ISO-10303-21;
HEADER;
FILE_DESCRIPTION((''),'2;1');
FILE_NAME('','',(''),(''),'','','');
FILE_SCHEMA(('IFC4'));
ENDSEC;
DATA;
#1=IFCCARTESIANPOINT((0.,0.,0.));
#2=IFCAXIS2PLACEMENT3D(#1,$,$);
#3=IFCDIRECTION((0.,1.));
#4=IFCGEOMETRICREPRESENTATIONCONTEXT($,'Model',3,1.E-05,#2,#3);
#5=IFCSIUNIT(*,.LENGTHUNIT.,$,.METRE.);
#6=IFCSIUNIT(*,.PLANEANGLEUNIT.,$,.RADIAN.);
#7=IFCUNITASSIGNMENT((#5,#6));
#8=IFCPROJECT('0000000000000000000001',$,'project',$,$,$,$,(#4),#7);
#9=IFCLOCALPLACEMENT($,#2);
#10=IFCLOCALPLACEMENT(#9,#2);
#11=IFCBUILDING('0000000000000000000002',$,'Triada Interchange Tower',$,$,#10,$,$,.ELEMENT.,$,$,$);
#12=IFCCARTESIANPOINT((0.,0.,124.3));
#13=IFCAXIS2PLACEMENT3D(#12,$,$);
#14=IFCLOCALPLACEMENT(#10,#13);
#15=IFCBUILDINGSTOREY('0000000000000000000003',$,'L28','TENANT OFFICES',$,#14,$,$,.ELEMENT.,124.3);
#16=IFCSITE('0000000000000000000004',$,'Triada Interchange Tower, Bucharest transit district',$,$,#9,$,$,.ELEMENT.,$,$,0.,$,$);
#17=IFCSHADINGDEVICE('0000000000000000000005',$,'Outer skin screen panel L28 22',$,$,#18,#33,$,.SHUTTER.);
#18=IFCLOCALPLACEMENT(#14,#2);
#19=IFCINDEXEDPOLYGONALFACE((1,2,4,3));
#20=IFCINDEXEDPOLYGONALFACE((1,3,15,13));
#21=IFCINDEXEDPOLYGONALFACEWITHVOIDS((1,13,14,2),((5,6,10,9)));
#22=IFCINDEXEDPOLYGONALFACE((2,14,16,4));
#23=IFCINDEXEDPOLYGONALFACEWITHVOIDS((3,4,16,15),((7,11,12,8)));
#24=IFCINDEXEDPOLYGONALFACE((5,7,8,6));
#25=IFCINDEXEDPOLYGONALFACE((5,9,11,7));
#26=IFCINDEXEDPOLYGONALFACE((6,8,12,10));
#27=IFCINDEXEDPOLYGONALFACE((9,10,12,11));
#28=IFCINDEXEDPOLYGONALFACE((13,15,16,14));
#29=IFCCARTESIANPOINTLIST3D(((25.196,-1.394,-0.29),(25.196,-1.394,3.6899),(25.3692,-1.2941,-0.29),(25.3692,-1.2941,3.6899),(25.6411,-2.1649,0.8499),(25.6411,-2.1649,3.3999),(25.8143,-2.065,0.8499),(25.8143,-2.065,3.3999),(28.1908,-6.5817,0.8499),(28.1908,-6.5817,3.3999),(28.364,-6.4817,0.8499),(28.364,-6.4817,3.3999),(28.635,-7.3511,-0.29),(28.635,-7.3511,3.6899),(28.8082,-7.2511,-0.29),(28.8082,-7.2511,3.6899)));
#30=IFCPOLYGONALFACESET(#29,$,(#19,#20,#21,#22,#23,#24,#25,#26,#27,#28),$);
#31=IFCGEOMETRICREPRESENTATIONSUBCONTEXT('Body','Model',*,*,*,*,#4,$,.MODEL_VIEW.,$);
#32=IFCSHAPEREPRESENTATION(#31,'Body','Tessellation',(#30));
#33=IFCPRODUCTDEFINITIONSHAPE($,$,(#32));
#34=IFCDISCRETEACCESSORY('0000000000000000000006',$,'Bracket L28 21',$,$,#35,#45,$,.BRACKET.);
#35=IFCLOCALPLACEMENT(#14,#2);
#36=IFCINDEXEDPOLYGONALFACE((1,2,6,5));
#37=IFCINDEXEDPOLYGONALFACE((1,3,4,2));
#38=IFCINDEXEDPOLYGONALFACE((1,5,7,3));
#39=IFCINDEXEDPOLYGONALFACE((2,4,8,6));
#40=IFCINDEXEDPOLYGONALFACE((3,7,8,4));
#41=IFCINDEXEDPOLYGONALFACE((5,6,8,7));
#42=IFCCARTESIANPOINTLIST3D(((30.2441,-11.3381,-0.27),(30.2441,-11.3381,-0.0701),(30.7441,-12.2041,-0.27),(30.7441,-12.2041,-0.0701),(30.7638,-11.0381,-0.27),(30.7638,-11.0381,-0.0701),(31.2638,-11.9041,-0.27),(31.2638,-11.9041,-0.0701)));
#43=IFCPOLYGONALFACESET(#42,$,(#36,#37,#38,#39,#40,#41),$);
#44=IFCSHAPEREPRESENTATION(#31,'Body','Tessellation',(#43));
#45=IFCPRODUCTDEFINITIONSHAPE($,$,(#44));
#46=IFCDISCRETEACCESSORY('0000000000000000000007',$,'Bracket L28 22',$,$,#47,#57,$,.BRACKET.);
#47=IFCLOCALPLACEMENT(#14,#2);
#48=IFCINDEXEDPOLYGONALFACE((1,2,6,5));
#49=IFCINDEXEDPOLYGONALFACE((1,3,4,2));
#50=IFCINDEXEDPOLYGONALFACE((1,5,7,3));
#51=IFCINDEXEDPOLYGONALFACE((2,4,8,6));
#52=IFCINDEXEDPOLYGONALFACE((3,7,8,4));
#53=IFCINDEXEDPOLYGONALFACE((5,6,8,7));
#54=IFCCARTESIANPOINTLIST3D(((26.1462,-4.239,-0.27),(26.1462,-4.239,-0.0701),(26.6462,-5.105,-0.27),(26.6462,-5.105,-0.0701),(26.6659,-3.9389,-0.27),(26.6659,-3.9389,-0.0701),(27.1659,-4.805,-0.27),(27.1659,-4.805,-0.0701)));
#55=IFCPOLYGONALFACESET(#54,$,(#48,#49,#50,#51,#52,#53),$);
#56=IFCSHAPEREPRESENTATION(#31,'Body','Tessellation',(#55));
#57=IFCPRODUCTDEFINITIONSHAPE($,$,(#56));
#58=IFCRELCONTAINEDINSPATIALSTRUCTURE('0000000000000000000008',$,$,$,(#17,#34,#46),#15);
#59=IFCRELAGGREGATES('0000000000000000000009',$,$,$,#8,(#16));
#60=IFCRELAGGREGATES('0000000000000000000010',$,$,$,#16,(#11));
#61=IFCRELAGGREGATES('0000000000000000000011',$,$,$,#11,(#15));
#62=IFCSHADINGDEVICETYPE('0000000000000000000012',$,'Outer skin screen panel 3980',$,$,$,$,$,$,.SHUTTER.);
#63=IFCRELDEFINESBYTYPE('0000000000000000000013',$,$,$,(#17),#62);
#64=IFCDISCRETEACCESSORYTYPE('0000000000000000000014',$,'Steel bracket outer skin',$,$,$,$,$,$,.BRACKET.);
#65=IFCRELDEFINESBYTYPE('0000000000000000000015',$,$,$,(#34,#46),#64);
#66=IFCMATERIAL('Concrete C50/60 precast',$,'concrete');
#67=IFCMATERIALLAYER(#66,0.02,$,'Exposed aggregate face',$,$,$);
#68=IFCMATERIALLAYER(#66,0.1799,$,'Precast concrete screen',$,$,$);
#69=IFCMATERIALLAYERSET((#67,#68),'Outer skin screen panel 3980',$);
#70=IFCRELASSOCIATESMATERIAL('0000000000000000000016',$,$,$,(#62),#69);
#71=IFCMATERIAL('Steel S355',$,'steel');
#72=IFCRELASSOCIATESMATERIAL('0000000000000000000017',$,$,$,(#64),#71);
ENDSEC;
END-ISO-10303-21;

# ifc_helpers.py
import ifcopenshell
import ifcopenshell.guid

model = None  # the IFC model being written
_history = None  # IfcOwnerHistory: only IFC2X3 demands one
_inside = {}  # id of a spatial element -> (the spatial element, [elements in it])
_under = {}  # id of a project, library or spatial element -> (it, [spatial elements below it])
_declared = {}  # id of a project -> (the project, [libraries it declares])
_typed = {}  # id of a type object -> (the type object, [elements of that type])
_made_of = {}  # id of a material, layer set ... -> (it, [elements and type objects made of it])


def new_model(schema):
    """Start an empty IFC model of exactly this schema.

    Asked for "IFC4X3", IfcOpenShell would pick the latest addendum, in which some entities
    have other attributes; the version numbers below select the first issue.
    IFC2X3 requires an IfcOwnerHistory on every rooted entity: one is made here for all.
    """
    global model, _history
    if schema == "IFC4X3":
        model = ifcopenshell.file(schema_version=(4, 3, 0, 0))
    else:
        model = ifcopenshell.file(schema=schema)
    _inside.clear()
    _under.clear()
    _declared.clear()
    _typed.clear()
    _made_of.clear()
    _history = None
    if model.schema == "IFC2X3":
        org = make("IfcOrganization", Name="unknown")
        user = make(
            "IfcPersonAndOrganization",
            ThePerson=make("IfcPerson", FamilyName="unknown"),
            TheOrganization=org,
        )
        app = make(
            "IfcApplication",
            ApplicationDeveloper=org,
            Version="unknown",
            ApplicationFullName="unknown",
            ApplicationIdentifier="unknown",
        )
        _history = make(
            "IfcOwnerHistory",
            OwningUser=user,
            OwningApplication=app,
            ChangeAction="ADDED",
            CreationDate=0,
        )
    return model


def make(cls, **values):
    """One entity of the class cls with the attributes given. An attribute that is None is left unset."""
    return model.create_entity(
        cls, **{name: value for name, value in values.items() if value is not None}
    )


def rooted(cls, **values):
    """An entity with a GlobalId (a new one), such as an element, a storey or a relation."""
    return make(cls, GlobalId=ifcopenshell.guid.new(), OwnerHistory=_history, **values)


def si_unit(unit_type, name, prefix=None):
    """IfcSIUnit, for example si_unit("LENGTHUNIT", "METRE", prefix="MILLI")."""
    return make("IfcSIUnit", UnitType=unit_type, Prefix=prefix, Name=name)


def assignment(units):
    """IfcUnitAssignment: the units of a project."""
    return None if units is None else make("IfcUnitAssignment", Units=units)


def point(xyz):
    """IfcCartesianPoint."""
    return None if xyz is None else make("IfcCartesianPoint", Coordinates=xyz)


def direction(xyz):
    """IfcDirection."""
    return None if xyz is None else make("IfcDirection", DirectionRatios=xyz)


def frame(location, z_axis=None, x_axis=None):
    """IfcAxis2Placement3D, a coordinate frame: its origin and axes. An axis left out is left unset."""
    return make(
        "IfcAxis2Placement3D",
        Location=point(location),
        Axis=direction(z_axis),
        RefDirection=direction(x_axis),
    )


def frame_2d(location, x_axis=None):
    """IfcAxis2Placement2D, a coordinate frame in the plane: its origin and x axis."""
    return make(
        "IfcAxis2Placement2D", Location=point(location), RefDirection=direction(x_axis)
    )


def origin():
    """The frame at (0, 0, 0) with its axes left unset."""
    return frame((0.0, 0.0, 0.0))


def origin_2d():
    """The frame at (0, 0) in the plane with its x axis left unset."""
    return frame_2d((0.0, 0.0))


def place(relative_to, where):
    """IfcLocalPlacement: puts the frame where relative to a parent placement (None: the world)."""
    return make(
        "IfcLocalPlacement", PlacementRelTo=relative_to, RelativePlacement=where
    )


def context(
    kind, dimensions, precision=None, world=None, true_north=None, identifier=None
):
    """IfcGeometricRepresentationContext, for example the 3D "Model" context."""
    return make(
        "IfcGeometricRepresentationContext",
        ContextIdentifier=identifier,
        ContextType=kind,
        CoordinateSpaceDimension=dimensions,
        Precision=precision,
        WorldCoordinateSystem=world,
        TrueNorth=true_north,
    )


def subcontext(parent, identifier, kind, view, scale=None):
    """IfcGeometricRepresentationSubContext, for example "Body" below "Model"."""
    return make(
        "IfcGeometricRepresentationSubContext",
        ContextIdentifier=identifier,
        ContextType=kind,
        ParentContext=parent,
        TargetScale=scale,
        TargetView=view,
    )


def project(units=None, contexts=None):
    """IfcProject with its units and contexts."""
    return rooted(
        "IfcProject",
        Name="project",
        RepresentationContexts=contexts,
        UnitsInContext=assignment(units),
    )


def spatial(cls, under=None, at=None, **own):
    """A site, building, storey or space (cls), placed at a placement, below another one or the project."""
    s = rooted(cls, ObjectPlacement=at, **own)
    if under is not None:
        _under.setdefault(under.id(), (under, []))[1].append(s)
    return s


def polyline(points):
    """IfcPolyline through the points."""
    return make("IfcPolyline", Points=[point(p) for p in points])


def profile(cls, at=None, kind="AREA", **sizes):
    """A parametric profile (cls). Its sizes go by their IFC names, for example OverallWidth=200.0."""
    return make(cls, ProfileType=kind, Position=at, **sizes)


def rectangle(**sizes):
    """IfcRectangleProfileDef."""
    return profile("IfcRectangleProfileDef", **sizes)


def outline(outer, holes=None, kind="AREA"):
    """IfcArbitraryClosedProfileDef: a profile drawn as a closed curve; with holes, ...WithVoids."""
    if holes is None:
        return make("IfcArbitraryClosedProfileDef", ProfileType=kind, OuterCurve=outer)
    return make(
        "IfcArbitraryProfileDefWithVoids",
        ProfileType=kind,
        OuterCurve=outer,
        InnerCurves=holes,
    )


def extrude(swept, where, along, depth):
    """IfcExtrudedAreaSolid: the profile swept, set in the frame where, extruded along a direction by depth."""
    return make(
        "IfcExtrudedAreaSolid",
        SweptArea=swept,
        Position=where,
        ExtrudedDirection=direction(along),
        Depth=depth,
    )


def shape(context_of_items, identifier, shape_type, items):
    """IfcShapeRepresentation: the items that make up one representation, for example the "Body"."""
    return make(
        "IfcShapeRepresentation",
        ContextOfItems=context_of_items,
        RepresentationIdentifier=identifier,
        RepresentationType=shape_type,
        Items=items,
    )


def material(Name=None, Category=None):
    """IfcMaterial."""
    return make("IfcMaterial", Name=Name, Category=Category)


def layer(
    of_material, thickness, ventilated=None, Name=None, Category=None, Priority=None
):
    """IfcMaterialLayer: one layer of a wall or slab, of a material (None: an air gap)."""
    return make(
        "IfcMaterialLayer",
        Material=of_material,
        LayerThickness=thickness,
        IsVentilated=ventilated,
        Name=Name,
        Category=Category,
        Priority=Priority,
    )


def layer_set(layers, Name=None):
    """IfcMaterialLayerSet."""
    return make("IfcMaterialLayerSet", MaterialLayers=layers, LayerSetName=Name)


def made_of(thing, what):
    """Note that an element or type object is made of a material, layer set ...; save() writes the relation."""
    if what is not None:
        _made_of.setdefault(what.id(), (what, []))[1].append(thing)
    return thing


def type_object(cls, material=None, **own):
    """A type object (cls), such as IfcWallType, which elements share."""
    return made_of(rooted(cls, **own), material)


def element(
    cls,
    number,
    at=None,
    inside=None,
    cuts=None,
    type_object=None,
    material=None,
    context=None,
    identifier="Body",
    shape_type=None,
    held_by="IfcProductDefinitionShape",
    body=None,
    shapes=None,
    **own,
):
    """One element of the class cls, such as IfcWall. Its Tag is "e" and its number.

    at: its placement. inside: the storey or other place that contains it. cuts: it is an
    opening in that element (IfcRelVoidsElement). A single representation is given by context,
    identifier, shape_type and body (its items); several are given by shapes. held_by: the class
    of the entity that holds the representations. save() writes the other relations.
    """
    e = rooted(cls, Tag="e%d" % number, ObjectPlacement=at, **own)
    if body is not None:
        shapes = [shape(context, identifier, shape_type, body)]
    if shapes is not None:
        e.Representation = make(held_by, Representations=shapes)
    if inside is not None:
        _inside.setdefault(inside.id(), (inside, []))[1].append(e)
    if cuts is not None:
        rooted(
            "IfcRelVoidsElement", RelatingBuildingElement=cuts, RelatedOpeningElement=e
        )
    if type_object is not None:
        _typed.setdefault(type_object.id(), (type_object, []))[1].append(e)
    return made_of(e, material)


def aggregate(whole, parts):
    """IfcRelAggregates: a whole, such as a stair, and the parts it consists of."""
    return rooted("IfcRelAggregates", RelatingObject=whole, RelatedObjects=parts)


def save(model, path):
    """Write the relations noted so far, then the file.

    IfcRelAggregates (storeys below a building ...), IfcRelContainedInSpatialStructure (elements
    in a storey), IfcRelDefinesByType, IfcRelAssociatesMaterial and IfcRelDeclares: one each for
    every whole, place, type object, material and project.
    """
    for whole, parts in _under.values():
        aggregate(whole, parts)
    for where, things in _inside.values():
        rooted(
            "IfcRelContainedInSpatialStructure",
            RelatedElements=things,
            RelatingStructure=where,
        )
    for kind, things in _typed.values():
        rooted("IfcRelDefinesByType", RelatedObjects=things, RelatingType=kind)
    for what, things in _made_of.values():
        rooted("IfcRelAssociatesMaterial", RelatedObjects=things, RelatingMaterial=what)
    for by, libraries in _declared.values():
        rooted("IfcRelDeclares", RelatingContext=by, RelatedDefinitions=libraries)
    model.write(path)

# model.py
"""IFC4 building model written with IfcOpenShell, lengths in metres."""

from ifc_helpers import new_model, si_unit, direction, frame, origin, origin_2d, place, context, subcontext, project, spatial, polyline, rectangle, outline, extrude, material, layer, layer_set, type_object, element, save


model = new_model("IFC4")

# Units and contexts
model_context = context("Model", 3, precision=1e-05, world=origin(), true_north=direction((0.0, 1.0)))
body_context = subcontext(model_context, "Body", "Model", "MODEL_VIEW")
ifc_project = project(units=[si_unit("LENGTHUNIT", "METRE"), si_unit("PLANEANGLEUNIT", "RADIAN")], contexts=[model_context])

# Site, building, storey
site_placement = place(None, origin())
site = spatial("IfcSite", under=ifc_project, at=site_placement, Name="Triada Interchange Tower, Bucharest transit district", CompositionType="ELEMENT", RefElevation=0.0)
building_placement = place(site_placement, origin())
building = spatial("IfcBuilding", under=site, at=building_placement, Name="Triada Interchange Tower", CompositionType="ELEMENT")
storey_placement = place(building_placement, frame((0.0, 0.0, 124.3)))
storey = spatial("IfcBuildingStorey", under=building, at=storey_placement, Name="L28", Description="TENANT OFFICES", CompositionType="ELEMENT", Elevation=124.3)

# Shading device
ifc_material_1 = material(Name="Concrete C50/60 precast", Category="concrete")
ifc_layer_1 = layer(ifc_material_1, 0.02, Name="Exposed aggregate face")
ifc_layer_2 = layer(ifc_material_1, 0.1799, Name="Precast concrete screen")
ifc_layer_set_1 = layer_set([ifc_layer_1, ifc_layer_2], Name="Outer skin screen panel 3980")
shading_device_type = type_object("IfcShadingDeviceType", Name="Outer skin screen panel 3980", PredefinedType="SHUTTER", material=ifc_layer_set_1)
shading_device_placement = place(storey_placement, frame((28.635, -7.3511, -0.29), z_axis=(0.0, 0.0, 1.0), x_axis=(-0.499964, 0.866046, 0.0)))
element("IfcShadingDevice", 1, at=shading_device_placement, inside=storey, type_object=shading_device_type, Name="Outer skin screen panel L28 22", PredefinedType="SHUTTER", context=body_context, shape_type="SweptSolid", body=[
    extrude(outline(polyline([(0.0, 0.0), (6.8784, 0.0), (6.8784, 3.98), (0.0, 3.98), (0.0, 0.0)]), holes=[polyline([(0.8884, 1.1399), (0.8884, 3.6899), (5.9883, 3.6899), (5.9883, 1.1399), (0.8884, 1.1399)])]), frame((0.0, 0.0, 0.0), z_axis=(0.0, -1.0, 0.0), x_axis=(1.0, 0.0, 0.0)), (0.0, 0.0, 1.0), 0.2),
])

# Discrete accessories
ifc_material_2 = material(Name="Steel S355", Category="steel")
discrete_accessory_type = type_object("IfcDiscreteAccessoryType", Name="Steel bracket outer skin", PredefinedType="BRACKET", material=ifc_material_2)
for number, where, z_axis, x_axis, name in (
    (2, (30.7539, -11.6211, -0.27), (0.0, 0.0, 1.0), (0.866028, 0.499995, 0.0), "Bracket L28 21"),
    (3, (26.656, -4.522, -0.27), (0.0, 0.0, 1.0), (0.866028, 0.499995, 0.0), "Bracket L28 22"),
):
    element("IfcDiscreteAccessory", number, at=place(storey_placement, frame(where, z_axis=z_axis, x_axis=x_axis)), inside=storey, type_object=discrete_accessory_type, Name=name, PredefinedType="BRACKET", context=body_context, shape_type="SweptSolid", body=[
        extrude(rectangle(XDim=0.6001, YDim=1.0, at=origin_2d()), origin(), (0.0, 0.0, 1.0), 0.2),
    ])

save(model, "model.ifc")
